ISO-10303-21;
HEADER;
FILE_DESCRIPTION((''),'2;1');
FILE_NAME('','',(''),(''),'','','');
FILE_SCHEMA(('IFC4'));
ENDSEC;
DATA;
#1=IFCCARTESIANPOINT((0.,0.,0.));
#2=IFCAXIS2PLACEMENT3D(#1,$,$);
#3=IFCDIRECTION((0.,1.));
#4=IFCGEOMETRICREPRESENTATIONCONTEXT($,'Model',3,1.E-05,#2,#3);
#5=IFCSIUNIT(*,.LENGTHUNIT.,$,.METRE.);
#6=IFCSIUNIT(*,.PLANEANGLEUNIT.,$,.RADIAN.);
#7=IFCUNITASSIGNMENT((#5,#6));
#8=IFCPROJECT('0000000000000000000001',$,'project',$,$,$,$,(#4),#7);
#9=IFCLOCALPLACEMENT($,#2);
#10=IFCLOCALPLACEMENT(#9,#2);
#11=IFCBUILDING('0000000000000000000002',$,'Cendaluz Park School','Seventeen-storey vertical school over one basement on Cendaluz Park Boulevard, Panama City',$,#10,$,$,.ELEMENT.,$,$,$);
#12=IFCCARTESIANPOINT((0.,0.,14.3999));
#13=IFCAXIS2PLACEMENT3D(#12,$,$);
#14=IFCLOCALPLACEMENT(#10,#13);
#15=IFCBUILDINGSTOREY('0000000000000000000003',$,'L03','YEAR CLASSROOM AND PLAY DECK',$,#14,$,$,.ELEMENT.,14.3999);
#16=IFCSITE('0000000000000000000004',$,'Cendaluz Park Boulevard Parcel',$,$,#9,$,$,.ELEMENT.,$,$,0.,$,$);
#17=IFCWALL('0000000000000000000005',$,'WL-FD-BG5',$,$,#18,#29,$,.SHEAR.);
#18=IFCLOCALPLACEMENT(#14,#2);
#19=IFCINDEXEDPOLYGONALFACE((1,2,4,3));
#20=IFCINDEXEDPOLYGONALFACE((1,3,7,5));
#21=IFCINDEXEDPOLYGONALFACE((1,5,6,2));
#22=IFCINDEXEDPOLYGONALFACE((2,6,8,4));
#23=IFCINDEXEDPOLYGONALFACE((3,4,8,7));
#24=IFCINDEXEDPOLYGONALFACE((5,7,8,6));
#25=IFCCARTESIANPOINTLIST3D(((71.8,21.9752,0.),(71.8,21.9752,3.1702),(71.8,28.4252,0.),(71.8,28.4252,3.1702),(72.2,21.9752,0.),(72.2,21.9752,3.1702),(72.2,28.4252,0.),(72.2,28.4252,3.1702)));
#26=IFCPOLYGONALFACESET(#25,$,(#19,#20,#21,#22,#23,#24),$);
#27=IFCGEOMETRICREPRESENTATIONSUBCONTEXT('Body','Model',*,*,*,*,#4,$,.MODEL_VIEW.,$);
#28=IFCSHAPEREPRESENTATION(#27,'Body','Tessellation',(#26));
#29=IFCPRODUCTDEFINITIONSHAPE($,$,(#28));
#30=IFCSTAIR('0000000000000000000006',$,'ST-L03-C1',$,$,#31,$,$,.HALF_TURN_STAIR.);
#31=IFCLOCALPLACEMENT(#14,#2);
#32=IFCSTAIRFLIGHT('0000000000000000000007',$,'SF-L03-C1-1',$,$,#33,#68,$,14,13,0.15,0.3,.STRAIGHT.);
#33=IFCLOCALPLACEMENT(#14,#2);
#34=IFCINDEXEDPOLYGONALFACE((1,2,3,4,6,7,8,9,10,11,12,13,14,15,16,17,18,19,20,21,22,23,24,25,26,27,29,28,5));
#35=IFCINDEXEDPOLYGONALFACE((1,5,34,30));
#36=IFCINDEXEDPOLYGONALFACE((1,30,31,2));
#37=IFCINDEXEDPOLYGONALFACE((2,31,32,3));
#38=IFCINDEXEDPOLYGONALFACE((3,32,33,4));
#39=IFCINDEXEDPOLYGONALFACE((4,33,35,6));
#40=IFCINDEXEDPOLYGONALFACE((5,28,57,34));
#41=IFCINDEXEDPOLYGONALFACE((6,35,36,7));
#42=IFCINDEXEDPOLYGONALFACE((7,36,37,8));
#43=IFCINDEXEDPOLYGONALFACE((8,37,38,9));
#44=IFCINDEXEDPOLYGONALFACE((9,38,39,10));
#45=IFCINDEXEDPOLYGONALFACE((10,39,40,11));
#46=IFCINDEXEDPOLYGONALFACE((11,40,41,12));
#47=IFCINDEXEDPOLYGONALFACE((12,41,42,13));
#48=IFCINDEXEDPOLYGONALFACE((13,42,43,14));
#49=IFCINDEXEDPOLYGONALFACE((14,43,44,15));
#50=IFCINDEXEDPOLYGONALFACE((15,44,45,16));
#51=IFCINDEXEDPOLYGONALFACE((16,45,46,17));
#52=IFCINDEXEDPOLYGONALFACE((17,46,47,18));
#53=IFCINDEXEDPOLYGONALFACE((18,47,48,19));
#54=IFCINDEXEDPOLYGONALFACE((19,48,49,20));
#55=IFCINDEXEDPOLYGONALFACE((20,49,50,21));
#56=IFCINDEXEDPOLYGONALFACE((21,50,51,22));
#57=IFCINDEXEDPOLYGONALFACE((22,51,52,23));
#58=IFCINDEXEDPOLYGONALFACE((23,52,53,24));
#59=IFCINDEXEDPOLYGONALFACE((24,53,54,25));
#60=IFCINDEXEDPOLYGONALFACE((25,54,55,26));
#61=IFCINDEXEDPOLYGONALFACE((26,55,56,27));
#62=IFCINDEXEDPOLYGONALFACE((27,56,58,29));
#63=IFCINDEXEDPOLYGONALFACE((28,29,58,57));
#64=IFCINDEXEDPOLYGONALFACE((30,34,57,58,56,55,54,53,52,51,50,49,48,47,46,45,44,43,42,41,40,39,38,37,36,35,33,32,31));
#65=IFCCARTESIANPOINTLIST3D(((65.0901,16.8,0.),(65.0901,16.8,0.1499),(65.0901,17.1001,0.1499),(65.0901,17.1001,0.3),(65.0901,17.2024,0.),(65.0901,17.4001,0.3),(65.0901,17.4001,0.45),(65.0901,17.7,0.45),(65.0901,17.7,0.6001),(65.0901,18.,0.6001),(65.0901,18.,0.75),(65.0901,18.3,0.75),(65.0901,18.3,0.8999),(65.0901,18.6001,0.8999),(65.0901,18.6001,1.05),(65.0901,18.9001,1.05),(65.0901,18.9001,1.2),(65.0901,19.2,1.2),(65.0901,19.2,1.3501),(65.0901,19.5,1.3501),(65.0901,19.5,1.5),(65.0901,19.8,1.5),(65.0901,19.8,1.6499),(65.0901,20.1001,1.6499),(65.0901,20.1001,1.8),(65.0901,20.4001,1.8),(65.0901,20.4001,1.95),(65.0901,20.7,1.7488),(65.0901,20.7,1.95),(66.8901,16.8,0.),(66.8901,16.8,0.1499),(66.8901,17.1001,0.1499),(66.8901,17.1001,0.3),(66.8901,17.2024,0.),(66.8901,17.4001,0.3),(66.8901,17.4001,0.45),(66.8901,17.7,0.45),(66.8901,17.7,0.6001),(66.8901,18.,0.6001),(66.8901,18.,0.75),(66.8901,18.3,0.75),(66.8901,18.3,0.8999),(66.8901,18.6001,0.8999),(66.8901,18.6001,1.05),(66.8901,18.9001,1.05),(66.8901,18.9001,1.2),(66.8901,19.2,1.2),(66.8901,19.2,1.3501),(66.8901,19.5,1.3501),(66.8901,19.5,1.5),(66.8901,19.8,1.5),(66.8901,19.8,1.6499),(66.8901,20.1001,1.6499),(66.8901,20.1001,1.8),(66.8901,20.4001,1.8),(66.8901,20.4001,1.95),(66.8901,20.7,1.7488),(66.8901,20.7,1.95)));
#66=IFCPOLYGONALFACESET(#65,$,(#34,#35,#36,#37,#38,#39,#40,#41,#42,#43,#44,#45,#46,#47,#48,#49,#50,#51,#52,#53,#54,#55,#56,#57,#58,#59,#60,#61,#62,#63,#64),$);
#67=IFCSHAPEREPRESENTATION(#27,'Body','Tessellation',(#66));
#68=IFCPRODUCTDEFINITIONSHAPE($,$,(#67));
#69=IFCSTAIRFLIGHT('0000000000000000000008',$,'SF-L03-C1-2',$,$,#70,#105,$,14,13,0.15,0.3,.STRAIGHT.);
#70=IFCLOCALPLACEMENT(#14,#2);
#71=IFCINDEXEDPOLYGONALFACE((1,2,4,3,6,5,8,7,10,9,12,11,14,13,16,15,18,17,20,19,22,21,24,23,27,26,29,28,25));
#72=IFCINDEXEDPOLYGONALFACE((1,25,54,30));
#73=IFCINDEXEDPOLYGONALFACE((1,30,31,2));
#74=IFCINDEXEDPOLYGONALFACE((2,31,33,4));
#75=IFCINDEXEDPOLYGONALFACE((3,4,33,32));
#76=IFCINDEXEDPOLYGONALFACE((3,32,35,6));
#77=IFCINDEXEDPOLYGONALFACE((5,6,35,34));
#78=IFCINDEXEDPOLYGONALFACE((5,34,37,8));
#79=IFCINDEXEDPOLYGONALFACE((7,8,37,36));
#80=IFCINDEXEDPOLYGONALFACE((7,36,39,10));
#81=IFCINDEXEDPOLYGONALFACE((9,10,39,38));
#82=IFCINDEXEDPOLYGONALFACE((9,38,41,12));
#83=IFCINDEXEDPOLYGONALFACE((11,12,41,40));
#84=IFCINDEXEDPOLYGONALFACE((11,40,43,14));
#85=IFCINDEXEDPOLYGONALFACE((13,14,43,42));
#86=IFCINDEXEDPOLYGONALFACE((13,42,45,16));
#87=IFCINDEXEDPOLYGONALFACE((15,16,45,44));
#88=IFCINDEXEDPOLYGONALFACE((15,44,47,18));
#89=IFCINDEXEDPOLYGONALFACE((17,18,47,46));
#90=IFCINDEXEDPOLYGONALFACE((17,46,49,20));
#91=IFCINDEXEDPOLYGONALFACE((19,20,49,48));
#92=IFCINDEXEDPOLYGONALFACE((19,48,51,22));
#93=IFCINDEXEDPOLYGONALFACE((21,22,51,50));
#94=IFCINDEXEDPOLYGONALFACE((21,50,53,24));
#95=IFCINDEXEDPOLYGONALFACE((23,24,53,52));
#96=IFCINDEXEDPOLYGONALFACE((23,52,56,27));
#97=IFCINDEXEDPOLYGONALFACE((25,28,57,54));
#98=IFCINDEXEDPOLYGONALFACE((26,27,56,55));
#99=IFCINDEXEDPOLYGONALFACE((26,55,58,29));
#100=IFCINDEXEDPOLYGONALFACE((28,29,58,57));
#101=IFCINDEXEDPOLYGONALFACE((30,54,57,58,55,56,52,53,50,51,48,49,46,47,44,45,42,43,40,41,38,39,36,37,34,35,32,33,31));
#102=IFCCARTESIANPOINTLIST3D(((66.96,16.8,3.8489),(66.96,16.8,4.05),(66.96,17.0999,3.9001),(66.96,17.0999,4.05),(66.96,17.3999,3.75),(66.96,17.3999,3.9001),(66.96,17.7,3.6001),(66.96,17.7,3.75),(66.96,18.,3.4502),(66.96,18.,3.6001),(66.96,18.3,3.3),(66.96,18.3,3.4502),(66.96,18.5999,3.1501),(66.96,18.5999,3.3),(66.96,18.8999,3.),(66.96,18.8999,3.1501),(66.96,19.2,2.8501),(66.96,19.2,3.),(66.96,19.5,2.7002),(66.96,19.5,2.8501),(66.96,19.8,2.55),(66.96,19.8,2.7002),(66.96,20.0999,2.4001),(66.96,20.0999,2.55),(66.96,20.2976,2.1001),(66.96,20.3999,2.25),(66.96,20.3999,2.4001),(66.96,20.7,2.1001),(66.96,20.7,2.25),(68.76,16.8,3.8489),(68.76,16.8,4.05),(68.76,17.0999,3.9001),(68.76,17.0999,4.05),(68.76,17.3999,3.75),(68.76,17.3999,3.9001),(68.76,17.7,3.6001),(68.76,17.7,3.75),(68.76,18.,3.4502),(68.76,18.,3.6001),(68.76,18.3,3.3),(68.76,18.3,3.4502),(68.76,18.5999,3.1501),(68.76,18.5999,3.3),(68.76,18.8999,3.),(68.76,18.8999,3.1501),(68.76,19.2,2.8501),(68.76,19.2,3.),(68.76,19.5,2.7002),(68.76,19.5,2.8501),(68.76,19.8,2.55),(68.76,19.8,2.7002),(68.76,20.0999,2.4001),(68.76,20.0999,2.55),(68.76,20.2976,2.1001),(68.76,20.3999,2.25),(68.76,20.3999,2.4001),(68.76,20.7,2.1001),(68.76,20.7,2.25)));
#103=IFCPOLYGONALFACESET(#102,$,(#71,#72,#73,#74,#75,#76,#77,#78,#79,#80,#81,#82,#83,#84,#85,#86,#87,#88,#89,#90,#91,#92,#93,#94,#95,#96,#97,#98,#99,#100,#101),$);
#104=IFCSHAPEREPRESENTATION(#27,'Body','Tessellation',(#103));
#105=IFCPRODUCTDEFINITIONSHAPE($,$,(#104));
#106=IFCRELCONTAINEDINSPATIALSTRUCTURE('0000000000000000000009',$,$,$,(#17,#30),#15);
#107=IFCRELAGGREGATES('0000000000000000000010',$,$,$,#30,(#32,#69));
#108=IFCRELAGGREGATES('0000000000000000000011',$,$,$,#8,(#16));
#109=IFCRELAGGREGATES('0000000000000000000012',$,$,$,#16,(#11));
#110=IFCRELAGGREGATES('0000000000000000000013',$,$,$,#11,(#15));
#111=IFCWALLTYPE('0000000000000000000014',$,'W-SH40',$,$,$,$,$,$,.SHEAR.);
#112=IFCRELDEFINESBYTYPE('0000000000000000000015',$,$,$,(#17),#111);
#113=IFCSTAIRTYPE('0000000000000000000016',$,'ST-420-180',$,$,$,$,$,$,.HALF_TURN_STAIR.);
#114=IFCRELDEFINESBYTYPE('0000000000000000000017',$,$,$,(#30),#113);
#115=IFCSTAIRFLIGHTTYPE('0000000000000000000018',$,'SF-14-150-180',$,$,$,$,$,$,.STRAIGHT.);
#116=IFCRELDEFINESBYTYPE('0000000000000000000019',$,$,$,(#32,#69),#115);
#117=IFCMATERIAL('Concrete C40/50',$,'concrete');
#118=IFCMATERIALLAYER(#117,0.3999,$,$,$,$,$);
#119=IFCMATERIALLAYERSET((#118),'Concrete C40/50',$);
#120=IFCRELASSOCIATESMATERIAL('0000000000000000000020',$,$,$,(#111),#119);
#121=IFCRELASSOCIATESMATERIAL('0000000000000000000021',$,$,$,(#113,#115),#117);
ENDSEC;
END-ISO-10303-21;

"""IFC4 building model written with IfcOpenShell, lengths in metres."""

from ifc_helpers import new_model, si_unit, direction, frame, frame_2d, origin, place, context, subcontext, project, spatial, polyline, rectangle, outline, extrude, material, layer, layer_set, type_object, element, aggregate, save


model = new_model("IFC4")

# Units and contexts
model_context = context("Model", 3, precision=1e-05, world=origin(), true_north=direction((0.0, 1.0)))
body_context = subcontext(model_context, "Body", "Model", "MODEL_VIEW")
ifc_project = project(units=[si_unit("LENGTHUNIT", "METRE"), si_unit("PLANEANGLEUNIT", "RADIAN")], contexts=[model_context])

# Site, building, storey
site_placement = place(None, origin())
site = spatial("IfcSite", under=ifc_project, at=site_placement, Name="Cendaluz Park Boulevard Parcel", CompositionType="ELEMENT", RefElevation=0.0)
building_placement = place(site_placement, origin())
building = spatial("IfcBuilding", under=site, at=building_placement, Name="Cendaluz Park School", Description="Seventeen-storey vertical school over one basement on Cendaluz Park Boulevard, Panama City", CompositionType="ELEMENT")
storey_placement = place(building_placement, frame((0.0, 0.0, 14.3999)))
storey = spatial("IfcBuildingStorey", under=building, at=storey_placement, Name="L03", Description="YEAR CLASSROOM AND PLAY DECK", CompositionType="ELEMENT", Elevation=14.3999)

# Shared definitions
ifc_material_1 = material(Name="Concrete C40/50", Category="concrete")

# Wall
ifc_layer_1 = layer(ifc_material_1, 0.3999)
ifc_layer_set_1 = layer_set([ifc_layer_1], Name="Concrete C40/50")
wall_type_1 = type_object("IfcWallType", Name="W-SH40", PredefinedType="SHEAR", material=ifc_layer_set_1)
wall_1_placement = place(storey_placement, frame((72.0, 21.9751, 0.0), z_axis=(0.0, 0.0, 1.0), x_axis=(0.0, 1.0, 0.0)))
element("IfcWall", 1, at=wall_1_placement, inside=storey, type_object=wall_type_1, Name="WL-FD-BG5", PredefinedType="SHEAR", context=body_context, shape_type="SweptSolid", body=[
    extrude(rectangle(XDim=6.45, YDim=0.3999, at=frame_2d((3.2251, 0.0))), origin(), (0.0, 0.0, 1.0), 3.1702),
])

# Stair, stair flights
stair_type = type_object("IfcStairType", Name="ST-420-180", PredefinedType="HALF_TURN_STAIR", material=ifc_material_1)
stair_placement = place(storey_placement, origin())
stair = element("IfcStair", 2, at=stair_placement, inside=storey, type_object=stair_type, Name="ST-L03-C1", PredefinedType="HALF_TURN_STAIR")
stair_flight_type = type_object("IfcStairFlightType", Name="SF-14-150-180", PredefinedType="STRAIGHT", material=ifc_material_1)
stair_flight_1_placement = place(storey_placement, frame((65.99, 16.8, 0.0), z_axis=(0.0, 0.0, 1.0), x_axis=(0.0, 1.0, 0.0)))
stair_flight_1 = element("IfcStairFlight", 3, at=stair_flight_1_placement, type_object=stair_flight_type, Name="SF-L03-C1-1", NumberOfRisers=14, NumberOfTreads=13, PredefinedType="STRAIGHT", RiserHeight=0.15, TreadLength=0.3, context=body_context, shape_type="SweptSolid", body=[
    extrude(outline(polyline([(0.0, 0.0), (0.0, 0.1499), (0.3, 0.1499), (0.3, 0.3), (0.6001, 0.3), (0.6001, 0.45), (0.8999, 0.45), (0.8999, 0.6001), (1.2, 0.6001), (1.2, 0.75), (1.5, 0.75), (1.5, 0.8999), (1.8, 0.8999), (1.8, 1.05), (2.1001, 1.05), (2.1001, 1.2), (2.3999, 1.2), (2.3999, 1.3501), (2.7, 1.3501), (2.7, 1.5), (3.0, 1.5), (3.0, 1.6499), (3.3, 1.6499), (3.3, 1.8), (3.6001, 1.8), (3.6001, 1.95), (3.8999, 1.95), (3.8999, 2.1001), (3.8999, 1.7488), (0.4023, 0.0), (0.0, 0.0)])), frame((0.0, 0.8999, 0.0), z_axis=(0.0, -1.0, 0.0), x_axis=(1.0, 0.0, 0.0)), (0.0, 0.0, 1.0), 1.8),
])
stair_flight_2_placement = place(storey_placement, frame((67.8601, 20.7, 2.1001), z_axis=(0.0, 0.0, 1.0), x_axis=(0.0, -1.0, 0.0)))
stair_flight_2 = element("IfcStairFlight", 4, at=stair_flight_2_placement, type_object=stair_flight_type, Name="SF-L03-C1-2", NumberOfRisers=14, NumberOfTreads=13, PredefinedType="STRAIGHT", RiserHeight=0.15, TreadLength=0.3, context=body_context, shape_type="SweptSolid", body=[
    extrude(outline(polyline([(0.0, 0.0), (0.0, 0.1499), (0.3, 0.1499), (0.3, 0.3), (0.6001, 0.3), (0.6001, 0.45), (0.8999, 0.45), (0.8999, 0.6001), (1.2, 0.6001), (1.2, 0.75), (1.5, 0.75), (1.5, 0.8999), (1.8, 0.8999), (1.8, 1.05), (2.1001, 1.05), (2.1001, 1.2), (2.3999, 1.2), (2.3999, 1.3501), (2.7, 1.3501), (2.7, 1.5), (3.0, 1.5), (3.0, 1.6499), (3.3, 1.6499), (3.3, 1.8), (3.6001, 1.8), (3.6001, 1.95), (3.8999, 1.95), (3.8999, 2.1001), (3.8999, 1.7488), (0.4023, 0.0), (0.0, 0.0)])), frame((0.0, 0.8999, 0.0), z_axis=(0.0, -1.0, 0.0), x_axis=(1.0, 0.0, 0.0)), (0.0, 0.0, 1.0), 1.8),
])
aggregate(stair, [stair_flight_1, stair_flight_2])

save(model, "model.ifc")
